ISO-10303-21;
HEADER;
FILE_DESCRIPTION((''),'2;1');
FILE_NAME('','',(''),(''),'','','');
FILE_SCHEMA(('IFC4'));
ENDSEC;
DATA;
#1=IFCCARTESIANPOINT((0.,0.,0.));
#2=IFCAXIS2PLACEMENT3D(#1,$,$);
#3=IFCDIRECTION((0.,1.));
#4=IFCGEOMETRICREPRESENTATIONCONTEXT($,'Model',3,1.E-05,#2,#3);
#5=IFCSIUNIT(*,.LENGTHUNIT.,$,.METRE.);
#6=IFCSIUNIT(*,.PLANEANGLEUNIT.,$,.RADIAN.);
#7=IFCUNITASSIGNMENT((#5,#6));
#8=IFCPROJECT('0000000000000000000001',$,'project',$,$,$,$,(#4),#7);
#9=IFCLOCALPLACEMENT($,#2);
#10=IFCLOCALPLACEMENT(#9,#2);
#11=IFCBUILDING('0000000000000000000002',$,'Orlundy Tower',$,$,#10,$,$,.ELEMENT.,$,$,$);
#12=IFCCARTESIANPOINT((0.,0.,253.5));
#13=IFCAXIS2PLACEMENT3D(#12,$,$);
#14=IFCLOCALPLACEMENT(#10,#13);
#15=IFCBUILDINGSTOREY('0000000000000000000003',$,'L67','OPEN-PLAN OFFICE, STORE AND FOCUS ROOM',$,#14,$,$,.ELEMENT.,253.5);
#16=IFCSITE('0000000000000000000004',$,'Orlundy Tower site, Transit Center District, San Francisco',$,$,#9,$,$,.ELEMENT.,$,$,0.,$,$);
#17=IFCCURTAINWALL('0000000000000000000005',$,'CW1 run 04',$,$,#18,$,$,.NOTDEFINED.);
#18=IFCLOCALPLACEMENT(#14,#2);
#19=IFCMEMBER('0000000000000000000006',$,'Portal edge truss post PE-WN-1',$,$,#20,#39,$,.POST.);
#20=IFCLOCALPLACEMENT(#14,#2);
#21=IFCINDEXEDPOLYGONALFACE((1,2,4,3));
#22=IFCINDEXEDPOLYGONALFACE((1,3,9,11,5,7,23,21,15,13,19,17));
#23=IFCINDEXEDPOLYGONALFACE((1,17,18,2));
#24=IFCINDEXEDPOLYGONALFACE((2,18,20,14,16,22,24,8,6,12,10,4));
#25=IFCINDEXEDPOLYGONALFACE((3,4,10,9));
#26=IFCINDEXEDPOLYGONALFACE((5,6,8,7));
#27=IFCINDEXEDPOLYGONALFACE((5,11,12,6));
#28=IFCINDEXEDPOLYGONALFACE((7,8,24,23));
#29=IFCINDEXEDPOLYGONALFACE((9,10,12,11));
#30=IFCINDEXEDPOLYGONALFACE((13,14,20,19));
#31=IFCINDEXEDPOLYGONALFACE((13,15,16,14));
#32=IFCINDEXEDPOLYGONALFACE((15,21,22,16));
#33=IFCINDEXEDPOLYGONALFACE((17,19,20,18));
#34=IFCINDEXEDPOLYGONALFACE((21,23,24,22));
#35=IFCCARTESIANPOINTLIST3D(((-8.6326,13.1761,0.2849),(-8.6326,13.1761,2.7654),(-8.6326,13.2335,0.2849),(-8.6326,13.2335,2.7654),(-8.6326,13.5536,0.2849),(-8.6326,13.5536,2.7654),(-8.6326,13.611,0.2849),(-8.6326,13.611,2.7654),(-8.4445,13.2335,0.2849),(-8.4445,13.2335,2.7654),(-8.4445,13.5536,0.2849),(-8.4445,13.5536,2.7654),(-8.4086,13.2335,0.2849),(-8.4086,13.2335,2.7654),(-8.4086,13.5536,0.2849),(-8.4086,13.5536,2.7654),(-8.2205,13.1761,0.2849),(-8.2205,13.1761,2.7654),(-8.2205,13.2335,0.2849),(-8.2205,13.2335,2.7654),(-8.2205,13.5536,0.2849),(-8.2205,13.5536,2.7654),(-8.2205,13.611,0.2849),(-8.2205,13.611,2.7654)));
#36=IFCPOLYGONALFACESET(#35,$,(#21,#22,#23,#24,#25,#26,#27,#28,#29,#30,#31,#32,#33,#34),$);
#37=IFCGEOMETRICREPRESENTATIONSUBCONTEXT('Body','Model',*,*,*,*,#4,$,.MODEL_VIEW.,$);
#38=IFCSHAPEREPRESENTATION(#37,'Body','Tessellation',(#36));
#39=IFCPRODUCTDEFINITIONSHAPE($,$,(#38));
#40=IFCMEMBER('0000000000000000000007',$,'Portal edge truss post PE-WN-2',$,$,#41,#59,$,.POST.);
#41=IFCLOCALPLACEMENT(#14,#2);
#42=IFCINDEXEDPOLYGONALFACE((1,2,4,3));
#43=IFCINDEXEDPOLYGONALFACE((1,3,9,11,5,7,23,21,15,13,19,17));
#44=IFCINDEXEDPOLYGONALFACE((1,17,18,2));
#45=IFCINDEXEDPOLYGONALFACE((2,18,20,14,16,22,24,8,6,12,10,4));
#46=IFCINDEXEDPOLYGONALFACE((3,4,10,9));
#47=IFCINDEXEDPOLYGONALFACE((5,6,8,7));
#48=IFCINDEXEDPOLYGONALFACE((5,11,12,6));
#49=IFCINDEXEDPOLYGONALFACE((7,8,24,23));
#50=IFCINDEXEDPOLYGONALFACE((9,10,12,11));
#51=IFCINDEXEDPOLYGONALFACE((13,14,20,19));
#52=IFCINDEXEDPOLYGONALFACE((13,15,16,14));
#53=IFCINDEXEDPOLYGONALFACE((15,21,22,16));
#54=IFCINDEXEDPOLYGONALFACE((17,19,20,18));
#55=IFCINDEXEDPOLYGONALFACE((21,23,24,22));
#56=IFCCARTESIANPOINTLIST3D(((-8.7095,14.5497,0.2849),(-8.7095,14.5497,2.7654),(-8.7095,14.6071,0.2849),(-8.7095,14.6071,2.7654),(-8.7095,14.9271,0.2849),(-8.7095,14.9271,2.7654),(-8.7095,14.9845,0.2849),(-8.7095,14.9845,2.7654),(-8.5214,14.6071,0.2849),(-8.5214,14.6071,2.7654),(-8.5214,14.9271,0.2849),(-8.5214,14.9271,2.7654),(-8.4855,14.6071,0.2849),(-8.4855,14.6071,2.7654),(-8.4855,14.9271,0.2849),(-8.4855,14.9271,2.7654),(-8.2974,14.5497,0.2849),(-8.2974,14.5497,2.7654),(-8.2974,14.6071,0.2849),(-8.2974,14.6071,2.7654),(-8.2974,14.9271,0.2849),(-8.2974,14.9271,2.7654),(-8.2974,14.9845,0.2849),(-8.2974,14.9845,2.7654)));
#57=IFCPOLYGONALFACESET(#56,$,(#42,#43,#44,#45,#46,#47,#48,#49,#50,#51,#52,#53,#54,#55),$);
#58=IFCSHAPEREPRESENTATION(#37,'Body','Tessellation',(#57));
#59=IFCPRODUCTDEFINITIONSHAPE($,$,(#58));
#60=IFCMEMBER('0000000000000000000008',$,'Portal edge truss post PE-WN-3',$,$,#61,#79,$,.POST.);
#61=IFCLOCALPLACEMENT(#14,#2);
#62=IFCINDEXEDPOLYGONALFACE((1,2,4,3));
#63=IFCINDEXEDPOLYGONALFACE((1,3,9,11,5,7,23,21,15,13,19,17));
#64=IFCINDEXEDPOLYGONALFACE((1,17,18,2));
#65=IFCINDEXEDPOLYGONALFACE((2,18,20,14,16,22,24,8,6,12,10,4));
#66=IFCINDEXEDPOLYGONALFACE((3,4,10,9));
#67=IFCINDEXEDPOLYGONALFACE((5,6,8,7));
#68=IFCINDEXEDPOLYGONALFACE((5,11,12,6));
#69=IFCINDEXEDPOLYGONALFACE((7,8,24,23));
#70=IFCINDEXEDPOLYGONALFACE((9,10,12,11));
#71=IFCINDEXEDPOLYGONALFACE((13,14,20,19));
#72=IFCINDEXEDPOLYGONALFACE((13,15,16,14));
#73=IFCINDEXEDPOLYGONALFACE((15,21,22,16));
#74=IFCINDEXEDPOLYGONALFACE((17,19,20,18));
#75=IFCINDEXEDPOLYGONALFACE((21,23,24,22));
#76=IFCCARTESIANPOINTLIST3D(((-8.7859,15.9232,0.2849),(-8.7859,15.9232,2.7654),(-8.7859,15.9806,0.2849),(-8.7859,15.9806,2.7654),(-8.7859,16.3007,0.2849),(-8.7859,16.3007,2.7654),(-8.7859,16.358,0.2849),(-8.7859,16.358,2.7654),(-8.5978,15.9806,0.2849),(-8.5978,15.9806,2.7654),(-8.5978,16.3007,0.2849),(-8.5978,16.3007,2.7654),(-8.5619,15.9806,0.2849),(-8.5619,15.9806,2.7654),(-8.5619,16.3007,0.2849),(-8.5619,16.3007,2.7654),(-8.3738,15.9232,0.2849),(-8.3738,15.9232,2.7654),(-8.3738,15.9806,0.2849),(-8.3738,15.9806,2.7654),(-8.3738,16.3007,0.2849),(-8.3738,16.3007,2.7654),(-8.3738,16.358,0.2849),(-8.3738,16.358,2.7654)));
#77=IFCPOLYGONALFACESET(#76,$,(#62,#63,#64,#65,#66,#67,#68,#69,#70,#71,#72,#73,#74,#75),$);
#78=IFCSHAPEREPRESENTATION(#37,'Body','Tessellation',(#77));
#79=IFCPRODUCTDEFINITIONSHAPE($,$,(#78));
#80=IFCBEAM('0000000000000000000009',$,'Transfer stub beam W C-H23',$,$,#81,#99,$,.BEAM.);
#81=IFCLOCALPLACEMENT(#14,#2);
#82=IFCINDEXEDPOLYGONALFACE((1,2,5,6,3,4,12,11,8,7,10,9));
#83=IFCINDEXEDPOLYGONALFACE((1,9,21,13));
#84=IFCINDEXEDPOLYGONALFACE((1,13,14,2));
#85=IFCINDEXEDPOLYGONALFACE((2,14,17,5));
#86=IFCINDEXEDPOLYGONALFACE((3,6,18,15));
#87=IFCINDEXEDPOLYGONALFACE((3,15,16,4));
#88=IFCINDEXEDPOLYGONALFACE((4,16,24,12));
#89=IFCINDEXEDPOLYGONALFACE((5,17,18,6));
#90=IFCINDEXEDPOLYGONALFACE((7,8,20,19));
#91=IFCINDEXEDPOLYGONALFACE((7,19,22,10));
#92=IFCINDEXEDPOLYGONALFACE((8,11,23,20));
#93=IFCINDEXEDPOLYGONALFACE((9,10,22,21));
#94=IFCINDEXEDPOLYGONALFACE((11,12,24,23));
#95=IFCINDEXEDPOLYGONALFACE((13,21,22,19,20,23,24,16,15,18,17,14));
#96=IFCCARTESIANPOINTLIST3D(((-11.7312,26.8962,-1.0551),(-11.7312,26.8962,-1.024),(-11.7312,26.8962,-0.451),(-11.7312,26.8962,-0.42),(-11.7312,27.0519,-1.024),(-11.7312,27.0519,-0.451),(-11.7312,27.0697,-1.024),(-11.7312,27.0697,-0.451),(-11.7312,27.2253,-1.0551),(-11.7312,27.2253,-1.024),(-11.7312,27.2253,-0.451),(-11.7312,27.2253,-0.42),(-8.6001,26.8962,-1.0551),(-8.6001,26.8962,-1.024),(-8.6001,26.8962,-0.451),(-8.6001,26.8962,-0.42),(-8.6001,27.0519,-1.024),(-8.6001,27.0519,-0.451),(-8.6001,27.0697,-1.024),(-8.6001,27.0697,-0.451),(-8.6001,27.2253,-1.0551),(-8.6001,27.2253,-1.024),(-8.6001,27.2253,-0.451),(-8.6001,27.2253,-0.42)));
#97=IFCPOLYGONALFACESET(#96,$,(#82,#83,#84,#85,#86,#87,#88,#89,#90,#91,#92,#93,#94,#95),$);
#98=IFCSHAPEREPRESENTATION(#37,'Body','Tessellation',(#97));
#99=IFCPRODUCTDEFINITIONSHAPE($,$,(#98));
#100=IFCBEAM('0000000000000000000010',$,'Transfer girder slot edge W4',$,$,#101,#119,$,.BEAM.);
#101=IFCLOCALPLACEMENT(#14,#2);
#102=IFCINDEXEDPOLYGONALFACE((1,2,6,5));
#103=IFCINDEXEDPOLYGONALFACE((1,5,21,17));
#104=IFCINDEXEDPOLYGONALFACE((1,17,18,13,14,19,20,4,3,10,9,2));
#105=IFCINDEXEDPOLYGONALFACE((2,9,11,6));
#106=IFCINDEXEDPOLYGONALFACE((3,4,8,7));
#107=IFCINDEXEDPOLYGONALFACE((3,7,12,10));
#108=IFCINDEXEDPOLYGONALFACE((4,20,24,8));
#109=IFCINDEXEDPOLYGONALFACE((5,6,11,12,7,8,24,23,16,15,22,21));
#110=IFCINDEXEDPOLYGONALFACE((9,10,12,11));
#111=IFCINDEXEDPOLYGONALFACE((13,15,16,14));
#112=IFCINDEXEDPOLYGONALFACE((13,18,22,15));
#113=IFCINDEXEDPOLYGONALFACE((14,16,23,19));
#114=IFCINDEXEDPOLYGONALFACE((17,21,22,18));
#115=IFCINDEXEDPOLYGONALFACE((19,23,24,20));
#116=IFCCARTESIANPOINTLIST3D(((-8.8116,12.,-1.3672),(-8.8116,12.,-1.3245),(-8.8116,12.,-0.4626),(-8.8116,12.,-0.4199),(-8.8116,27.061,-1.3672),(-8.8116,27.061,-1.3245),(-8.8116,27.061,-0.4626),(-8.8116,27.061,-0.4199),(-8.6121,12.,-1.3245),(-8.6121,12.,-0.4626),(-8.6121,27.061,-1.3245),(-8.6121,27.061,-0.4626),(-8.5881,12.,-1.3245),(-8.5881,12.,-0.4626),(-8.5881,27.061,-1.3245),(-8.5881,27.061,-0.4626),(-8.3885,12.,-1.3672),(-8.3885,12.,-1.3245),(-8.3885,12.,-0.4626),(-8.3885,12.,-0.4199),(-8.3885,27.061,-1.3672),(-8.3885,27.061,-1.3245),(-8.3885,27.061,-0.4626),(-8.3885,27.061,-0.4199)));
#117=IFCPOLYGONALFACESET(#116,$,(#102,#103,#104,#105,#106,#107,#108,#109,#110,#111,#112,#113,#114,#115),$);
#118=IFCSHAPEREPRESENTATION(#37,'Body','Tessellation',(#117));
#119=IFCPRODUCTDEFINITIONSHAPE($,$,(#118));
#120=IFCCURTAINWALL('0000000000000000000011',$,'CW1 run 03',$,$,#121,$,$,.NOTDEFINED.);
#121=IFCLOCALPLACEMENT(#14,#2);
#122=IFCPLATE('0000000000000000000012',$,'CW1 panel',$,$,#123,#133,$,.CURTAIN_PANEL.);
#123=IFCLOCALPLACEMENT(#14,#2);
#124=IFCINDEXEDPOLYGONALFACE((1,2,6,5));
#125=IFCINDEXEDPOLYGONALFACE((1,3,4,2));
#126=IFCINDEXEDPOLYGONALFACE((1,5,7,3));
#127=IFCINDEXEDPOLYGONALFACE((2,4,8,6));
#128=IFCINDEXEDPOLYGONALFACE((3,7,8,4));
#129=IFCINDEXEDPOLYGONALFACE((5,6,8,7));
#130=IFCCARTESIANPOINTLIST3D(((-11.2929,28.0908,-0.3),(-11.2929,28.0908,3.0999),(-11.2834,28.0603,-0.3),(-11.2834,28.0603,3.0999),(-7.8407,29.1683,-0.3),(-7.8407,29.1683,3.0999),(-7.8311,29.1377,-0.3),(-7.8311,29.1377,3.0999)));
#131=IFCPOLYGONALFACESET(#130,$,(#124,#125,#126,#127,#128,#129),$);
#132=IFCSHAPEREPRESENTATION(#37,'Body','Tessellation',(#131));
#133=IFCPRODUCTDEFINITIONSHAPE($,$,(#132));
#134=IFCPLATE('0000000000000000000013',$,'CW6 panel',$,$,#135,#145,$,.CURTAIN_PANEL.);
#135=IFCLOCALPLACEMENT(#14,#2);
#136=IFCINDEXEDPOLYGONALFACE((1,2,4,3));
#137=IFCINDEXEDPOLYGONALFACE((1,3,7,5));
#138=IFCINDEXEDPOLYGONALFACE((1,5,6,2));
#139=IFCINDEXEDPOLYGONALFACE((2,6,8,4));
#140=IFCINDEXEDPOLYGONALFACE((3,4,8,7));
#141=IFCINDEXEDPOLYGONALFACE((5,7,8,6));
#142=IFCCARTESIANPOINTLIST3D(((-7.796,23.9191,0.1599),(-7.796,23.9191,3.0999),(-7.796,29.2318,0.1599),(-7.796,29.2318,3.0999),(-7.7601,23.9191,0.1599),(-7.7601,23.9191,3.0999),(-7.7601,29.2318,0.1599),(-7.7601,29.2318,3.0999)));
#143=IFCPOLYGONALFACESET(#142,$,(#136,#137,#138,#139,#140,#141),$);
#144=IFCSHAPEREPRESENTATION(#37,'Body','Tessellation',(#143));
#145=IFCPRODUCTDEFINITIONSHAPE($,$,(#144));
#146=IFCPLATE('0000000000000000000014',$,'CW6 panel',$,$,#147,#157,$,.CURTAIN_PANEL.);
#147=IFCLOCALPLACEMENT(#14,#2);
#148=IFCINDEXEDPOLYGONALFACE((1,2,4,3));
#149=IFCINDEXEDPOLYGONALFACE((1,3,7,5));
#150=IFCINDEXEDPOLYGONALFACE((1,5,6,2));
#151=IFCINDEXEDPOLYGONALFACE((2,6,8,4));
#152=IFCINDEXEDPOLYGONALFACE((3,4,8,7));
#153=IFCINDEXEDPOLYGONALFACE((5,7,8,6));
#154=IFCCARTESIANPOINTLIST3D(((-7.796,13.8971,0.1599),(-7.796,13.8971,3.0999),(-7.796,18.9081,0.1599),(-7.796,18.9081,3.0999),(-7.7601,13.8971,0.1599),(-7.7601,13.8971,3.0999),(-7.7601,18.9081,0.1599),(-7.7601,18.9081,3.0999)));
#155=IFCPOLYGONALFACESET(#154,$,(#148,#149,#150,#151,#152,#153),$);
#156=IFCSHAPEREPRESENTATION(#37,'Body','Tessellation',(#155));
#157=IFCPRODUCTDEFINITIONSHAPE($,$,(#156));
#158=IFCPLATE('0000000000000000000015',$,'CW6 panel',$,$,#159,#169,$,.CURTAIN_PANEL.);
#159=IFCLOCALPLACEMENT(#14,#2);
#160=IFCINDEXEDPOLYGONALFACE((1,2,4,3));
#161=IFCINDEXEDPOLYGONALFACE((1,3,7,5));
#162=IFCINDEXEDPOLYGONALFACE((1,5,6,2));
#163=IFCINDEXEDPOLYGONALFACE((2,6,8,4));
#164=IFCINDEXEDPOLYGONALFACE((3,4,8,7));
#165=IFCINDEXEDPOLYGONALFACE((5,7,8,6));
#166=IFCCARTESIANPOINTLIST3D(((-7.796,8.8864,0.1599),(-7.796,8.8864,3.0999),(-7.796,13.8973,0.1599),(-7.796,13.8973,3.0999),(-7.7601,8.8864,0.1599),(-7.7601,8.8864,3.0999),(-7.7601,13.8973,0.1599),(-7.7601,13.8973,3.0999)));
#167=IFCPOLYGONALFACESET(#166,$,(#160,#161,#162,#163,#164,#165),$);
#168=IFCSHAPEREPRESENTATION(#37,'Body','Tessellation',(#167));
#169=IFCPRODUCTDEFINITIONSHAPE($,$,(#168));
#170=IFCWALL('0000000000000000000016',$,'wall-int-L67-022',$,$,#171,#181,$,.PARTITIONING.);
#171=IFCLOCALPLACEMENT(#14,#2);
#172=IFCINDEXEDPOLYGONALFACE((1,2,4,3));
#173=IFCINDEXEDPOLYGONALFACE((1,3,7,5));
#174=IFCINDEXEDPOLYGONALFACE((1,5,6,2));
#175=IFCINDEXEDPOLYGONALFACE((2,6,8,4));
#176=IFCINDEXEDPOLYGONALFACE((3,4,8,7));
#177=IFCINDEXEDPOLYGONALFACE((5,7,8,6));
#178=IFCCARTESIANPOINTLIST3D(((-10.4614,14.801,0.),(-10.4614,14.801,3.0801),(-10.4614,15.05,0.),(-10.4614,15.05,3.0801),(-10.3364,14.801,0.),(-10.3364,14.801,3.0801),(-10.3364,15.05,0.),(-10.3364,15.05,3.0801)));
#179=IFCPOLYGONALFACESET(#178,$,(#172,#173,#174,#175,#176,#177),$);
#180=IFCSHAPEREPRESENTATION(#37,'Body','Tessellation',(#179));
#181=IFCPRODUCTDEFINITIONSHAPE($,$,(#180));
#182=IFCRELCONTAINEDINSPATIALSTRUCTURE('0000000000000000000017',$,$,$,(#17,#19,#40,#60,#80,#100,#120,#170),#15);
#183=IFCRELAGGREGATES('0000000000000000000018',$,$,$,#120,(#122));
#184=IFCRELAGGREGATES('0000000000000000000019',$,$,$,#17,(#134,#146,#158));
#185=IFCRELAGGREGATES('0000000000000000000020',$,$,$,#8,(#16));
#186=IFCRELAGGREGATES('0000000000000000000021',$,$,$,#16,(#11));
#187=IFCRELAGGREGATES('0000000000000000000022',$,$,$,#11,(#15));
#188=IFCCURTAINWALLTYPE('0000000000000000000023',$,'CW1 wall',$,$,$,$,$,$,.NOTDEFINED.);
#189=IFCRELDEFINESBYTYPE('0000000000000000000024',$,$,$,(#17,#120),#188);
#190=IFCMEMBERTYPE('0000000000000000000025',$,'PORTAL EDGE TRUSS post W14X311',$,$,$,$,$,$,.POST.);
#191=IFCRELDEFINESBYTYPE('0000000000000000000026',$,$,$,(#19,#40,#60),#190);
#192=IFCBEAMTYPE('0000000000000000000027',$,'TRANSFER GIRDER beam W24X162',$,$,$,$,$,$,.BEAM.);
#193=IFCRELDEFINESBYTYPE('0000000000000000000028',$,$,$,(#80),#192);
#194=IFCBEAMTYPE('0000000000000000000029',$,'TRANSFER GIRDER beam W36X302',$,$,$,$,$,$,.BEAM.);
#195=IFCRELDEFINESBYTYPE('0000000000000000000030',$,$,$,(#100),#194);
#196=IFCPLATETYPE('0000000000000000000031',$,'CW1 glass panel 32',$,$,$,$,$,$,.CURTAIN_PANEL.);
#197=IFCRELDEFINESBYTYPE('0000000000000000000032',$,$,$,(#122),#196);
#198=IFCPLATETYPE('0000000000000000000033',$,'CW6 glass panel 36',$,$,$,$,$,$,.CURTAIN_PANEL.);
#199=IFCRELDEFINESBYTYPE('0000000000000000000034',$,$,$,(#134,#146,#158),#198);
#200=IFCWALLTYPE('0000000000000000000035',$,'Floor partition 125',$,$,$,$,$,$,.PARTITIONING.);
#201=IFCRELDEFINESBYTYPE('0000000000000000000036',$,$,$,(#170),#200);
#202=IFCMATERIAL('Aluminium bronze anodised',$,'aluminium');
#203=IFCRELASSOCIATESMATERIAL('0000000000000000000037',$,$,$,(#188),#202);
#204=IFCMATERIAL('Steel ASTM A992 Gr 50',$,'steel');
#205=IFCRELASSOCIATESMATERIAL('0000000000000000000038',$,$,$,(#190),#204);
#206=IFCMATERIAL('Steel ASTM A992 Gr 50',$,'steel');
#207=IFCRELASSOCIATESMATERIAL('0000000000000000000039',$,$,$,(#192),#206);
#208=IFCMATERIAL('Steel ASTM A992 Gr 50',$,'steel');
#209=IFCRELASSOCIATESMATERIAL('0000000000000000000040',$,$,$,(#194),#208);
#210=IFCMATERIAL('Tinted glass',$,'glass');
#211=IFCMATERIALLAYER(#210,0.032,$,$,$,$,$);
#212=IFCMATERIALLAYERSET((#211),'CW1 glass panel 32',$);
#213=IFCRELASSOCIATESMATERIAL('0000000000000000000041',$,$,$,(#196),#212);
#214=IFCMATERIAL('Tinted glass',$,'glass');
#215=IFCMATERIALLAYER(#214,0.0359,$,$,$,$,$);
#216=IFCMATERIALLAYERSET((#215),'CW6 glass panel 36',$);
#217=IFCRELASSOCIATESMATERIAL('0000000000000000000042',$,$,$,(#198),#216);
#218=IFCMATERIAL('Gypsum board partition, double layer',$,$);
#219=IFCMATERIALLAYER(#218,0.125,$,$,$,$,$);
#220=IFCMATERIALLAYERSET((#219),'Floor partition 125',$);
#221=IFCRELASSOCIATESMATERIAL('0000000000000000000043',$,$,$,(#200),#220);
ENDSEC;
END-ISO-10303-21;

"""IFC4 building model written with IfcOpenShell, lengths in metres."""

from ifc_helpers import new_model, si_unit, direction, frame, frame_2d, origin, origin_2d, place, context, subcontext, project, spatial, rectangle, i_section, extrude, material, layer, layer_set, material_profile, profile_set, type_object, element, aggregate, save


model = new_model("IFC4")

# Units and contexts
model_context = context("Model", 3, precision=1e-05, world=origin(), true_north=direction((0.0, 1.0)))
body_context = subcontext(model_context, "Body", "Model", "MODEL_VIEW")
ifc_project = project(units=[si_unit("LENGTHUNIT", "METRE"), si_unit("PLANEANGLEUNIT", "RADIAN")], contexts=[model_context])

# Site, building, storey
site_placement = place(None, origin())
site = spatial("IfcSite", under=ifc_project, at=site_placement, Name="Orlundy Tower site, Transit Center District, San Francisco", CompositionType="ELEMENT", RefElevation=0.0)
building_placement = place(site_placement, origin())
building = spatial("IfcBuilding", under=site, at=building_placement, Name="Orlundy Tower", CompositionType="ELEMENT")
storey_placement = place(building_placement, frame((0.0, 0.0, 253.5)))
storey = spatial("IfcBuildingStorey", under=building, at=storey_placement, Name="L67", Description="OPEN-PLAN OFFICE, STORE AND FOCUS ROOM", CompositionType="ELEMENT", Elevation=253.5)

# Curtain wall
ifc_material_1 = material(Name="Aluminium bronze anodised", Category="aluminium")
curtain_wall_type = type_object("IfcCurtainWallType", Name="CW1 wall", PredefinedType="NOTDEFINED", material=ifc_material_1)
curtain_wall_1_placement = place(storey_placement, origin())
curtain_wall_1 = element("IfcCurtainWall", 1, at=curtain_wall_1_placement, inside=storey, type_object=curtain_wall_type, Name="CW1 run 04", PredefinedType="NOTDEFINED")

# Members
ifc_material_2 = material(Name="Steel ASTM A992 Gr 50", Category="steel")
ifc_material_profile_1 = material_profile(ifc_material_2, i_section(OverallWidth=0.4121, OverallDepth=0.4348, WebThickness=0.0359, FlangeThickness=0.0574, at=origin_2d()), Name="W14X311")
ifc_profile_set_1 = profile_set([ifc_material_profile_1], Name="Steel ASTM A992 Gr 50")
member_type_1 = type_object("IfcMemberType", Name="PORTAL EDGE TRUSS post W14X311", PredefinedType="POST", material=ifc_profile_set_1)
for number, where, z_axis, x_axis, name in (
    (2, (-8.4265, 13.3936, 0.2849), (0.0, 0.0, 1.0), (1.0, 0.0, 0.0), "Portal edge truss post PE-WN-1"),
    (3, (-8.5034, 14.7671, 0.2849), (0.0, 0.0, 1.0), (1.0, 0.0, 0.0), "Portal edge truss post PE-WN-2"),
    (4, (-8.5798, 16.1406, 0.2849), (0.0, 0.0, 1.0), (1.0, 0.0, 0.0), "Portal edge truss post PE-WN-3"),
):
    element("IfcMember", number, at=place(storey_placement, frame(where, z_axis=z_axis, x_axis=x_axis)), inside=storey, type_object=member_type_1, Name=name, PredefinedType="POST", context=body_context, shape_type="SweptSolid", body=[
        extrude(i_section(OverallWidth=0.4121, OverallDepth=0.4348, WebThickness=0.0359, FlangeThickness=0.0574, at=origin_2d()), origin(), (0.0, 0.0, 1.0), 2.4805),
    ])

# Beams
ifc_material_3 = material(Name="Steel ASTM A992 Gr 50", Category="steel")
ifc_material_profile_2 = material_profile(ifc_material_3, i_section(OverallWidth=0.3291, OverallDepth=0.635, WebThickness=0.0178, FlangeThickness=0.031, at=origin_2d()), Name="W24X162")
ifc_profile_set_2 = profile_set([ifc_material_profile_2], Name="Steel ASTM A992 Gr 50")
beam_type_1 = type_object("IfcBeamType", Name="TRANSFER GIRDER beam W24X162", PredefinedType="BEAM", material=ifc_profile_set_2)
beam_1_placement = place(storey_placement, frame((-8.6001, 27.0608, -0.7375), z_axis=(-1.0, 0.0, 0.0), x_axis=(0.0, -1.0, 0.0)))
element("IfcBeam", 5, at=beam_1_placement, inside=storey, type_object=beam_type_1, Name="Transfer stub beam W C-H23", PredefinedType="BEAM", context=body_context, shape_type="SweptSolid", body=[
    extrude(i_section(OverallWidth=0.3291, OverallDepth=0.635, WebThickness=0.0178, FlangeThickness=0.031, at=origin_2d()), origin(), (0.0, 0.0, 1.0), 3.1311),
])
ifc_material_4 = material(Name="Steel ASTM A992 Gr 50", Category="steel")
ifc_material_profile_3 = material_profile(ifc_material_4, i_section(OverallWidth=0.4231, OverallDepth=0.9473, WebThickness=0.0239, FlangeThickness=0.0427, at=origin_2d()), Name="W36X302")
ifc_profile_set_3 = profile_set([ifc_material_profile_3], Name="Steel ASTM A992 Gr 50")
beam_type_2 = type_object("IfcBeamType", Name="TRANSFER GIRDER beam W36X302", PredefinedType="BEAM", material=ifc_profile_set_3)
beam_2_placement = place(storey_placement, frame((-8.6001, 12.0, -0.8936), z_axis=(0.0, 1.0, 0.0), x_axis=(-1.0, 0.0, 0.0)))
element("IfcBeam", 6, at=beam_2_placement, inside=storey, type_object=beam_type_2, Name="Transfer girder slot edge W4", PredefinedType="BEAM", context=body_context, shape_type="SweptSolid", body=[
    extrude(i_section(OverallWidth=0.4231, OverallDepth=0.9473, WebThickness=0.0239, FlangeThickness=0.0427, at=origin_2d()), origin(), (0.0, 0.0, 1.0), 15.061),
])

# Curtain wall, plate
curtain_wall_2_placement = place(storey_placement, origin())
curtain_wall_2 = element("IfcCurtainWall", 7, at=curtain_wall_2_placement, inside=storey, type_object=curtain_wall_type, Name="CW1 run 03", PredefinedType="NOTDEFINED")
ifc_material_5 = material(Name="Tinted glass", Category="glass")
ifc_layer_1 = layer(ifc_material_5, 0.032)
ifc_layer_set_1 = layer_set([ifc_layer_1], Name="CW1 glass panel 32")
plate_type_1 = type_object("IfcPlateType", Name="CW1 glass panel 32", PredefinedType="CURTAIN_PANEL", material=ifc_layer_set_1)
plate_1_placement = place(storey_placement, frame((-9.562, 28.6143, -0.3), z_axis=(0.0, 0.0, 1.0), x_axis=(0.954586, 0.297935, 0.0)))
plate_1 = element("IfcPlate", 8, at=plate_1_placement, type_object=plate_type_1, Name="CW1 panel", PredefinedType="CURTAIN_PANEL", context=body_context, shape_type="SweptSolid", body=[
    extrude(rectangle(XDim=3.6165, YDim=0.032, at=origin_2d()), origin(), (0.0, 0.0, 1.0), 3.3999),
])
aggregate(curtain_wall_2, [plate_1])

# Plates
ifc_material_6 = material(Name="Tinted glass", Category="glass")
ifc_layer_2 = layer(ifc_material_6, 0.0359)
ifc_layer_set_2 = layer_set([ifc_layer_2], Name="CW6 glass panel 36")
plate_type_2 = type_object("IfcPlateType", Name="CW6 glass panel 36", PredefinedType="CURTAIN_PANEL", material=ifc_layer_set_2)
plate_2_placement = place(storey_placement, frame((-7.7781, 26.5754, 0.1599), z_axis=(0.0, 0.0, 1.0), x_axis=(0.0, -1.0, 0.0)))
plate_2 = element("IfcPlate", 9, at=plate_2_placement, type_object=plate_type_2, Name="CW6 panel", PredefinedType="CURTAIN_PANEL", context=body_context, shape_type="SweptSolid", body=[
    extrude(rectangle(XDim=5.3127, YDim=0.0359, at=origin_2d()), origin(), (0.0, 0.0, 1.0), 2.9399),
])
plate_3_placement = place(storey_placement, frame((-7.7781, 16.4026, 0.1599), z_axis=(0.0, 0.0, 1.0), x_axis=(0.0, -1.0, 0.0)))
plate_3 = element("IfcPlate", 10, at=plate_3_placement, type_object=plate_type_2, Name="CW6 panel", PredefinedType="CURTAIN_PANEL", context=body_context, shape_type="SweptSolid", body=[
    extrude(rectangle(XDim=5.011, YDim=0.0359, at=origin_2d()), origin(), (0.0, 0.0, 1.0), 2.9399),
])
plate_4_placement = place(storey_placement, frame((-7.7781, 11.3918, 0.1599), z_axis=(0.0, 0.0, 1.0), x_axis=(0.0, -1.0, 0.0)))
plate_4 = element("IfcPlate", 11, at=plate_4_placement, type_object=plate_type_2, Name="CW6 panel", PredefinedType="CURTAIN_PANEL", context=body_context, shape_type="SweptSolid", body=[
    extrude(rectangle(XDim=5.011, YDim=0.0359, at=origin_2d()), origin(), (0.0, 0.0, 1.0), 2.9399),
])
aggregate(curtain_wall_1, [plate_2, plate_3, plate_4])

# Wall
ifc_material_7 = material(Name="Gypsum board partition, double layer")
ifc_layer_3 = layer(ifc_material_7, 0.125)
ifc_layer_set_3 = layer_set([ifc_layer_3], Name="Floor partition 125")
wall_type_1 = type_object("IfcWallType", Name="Floor partition 125", PredefinedType="PARTITIONING", material=ifc_layer_set_3)
wall_1_placement = place(storey_placement, frame((-10.3989, 14.801, 0.0), z_axis=(0.0, 0.0, 1.0), x_axis=(0.0, 1.0, 0.0)))
element("IfcWall", 12, at=wall_1_placement, inside=storey, type_object=wall_type_1, Name="wall-int-L67-022", PredefinedType="PARTITIONING", context=body_context, shape_type="SweptSolid", body=[
    extrude(rectangle(XDim=0.249, YDim=0.125, at=frame_2d((0.1245, 0.0))), origin(), (0.0, 0.0, 1.0), 3.0801),
])

save(model, "model.ifc")
